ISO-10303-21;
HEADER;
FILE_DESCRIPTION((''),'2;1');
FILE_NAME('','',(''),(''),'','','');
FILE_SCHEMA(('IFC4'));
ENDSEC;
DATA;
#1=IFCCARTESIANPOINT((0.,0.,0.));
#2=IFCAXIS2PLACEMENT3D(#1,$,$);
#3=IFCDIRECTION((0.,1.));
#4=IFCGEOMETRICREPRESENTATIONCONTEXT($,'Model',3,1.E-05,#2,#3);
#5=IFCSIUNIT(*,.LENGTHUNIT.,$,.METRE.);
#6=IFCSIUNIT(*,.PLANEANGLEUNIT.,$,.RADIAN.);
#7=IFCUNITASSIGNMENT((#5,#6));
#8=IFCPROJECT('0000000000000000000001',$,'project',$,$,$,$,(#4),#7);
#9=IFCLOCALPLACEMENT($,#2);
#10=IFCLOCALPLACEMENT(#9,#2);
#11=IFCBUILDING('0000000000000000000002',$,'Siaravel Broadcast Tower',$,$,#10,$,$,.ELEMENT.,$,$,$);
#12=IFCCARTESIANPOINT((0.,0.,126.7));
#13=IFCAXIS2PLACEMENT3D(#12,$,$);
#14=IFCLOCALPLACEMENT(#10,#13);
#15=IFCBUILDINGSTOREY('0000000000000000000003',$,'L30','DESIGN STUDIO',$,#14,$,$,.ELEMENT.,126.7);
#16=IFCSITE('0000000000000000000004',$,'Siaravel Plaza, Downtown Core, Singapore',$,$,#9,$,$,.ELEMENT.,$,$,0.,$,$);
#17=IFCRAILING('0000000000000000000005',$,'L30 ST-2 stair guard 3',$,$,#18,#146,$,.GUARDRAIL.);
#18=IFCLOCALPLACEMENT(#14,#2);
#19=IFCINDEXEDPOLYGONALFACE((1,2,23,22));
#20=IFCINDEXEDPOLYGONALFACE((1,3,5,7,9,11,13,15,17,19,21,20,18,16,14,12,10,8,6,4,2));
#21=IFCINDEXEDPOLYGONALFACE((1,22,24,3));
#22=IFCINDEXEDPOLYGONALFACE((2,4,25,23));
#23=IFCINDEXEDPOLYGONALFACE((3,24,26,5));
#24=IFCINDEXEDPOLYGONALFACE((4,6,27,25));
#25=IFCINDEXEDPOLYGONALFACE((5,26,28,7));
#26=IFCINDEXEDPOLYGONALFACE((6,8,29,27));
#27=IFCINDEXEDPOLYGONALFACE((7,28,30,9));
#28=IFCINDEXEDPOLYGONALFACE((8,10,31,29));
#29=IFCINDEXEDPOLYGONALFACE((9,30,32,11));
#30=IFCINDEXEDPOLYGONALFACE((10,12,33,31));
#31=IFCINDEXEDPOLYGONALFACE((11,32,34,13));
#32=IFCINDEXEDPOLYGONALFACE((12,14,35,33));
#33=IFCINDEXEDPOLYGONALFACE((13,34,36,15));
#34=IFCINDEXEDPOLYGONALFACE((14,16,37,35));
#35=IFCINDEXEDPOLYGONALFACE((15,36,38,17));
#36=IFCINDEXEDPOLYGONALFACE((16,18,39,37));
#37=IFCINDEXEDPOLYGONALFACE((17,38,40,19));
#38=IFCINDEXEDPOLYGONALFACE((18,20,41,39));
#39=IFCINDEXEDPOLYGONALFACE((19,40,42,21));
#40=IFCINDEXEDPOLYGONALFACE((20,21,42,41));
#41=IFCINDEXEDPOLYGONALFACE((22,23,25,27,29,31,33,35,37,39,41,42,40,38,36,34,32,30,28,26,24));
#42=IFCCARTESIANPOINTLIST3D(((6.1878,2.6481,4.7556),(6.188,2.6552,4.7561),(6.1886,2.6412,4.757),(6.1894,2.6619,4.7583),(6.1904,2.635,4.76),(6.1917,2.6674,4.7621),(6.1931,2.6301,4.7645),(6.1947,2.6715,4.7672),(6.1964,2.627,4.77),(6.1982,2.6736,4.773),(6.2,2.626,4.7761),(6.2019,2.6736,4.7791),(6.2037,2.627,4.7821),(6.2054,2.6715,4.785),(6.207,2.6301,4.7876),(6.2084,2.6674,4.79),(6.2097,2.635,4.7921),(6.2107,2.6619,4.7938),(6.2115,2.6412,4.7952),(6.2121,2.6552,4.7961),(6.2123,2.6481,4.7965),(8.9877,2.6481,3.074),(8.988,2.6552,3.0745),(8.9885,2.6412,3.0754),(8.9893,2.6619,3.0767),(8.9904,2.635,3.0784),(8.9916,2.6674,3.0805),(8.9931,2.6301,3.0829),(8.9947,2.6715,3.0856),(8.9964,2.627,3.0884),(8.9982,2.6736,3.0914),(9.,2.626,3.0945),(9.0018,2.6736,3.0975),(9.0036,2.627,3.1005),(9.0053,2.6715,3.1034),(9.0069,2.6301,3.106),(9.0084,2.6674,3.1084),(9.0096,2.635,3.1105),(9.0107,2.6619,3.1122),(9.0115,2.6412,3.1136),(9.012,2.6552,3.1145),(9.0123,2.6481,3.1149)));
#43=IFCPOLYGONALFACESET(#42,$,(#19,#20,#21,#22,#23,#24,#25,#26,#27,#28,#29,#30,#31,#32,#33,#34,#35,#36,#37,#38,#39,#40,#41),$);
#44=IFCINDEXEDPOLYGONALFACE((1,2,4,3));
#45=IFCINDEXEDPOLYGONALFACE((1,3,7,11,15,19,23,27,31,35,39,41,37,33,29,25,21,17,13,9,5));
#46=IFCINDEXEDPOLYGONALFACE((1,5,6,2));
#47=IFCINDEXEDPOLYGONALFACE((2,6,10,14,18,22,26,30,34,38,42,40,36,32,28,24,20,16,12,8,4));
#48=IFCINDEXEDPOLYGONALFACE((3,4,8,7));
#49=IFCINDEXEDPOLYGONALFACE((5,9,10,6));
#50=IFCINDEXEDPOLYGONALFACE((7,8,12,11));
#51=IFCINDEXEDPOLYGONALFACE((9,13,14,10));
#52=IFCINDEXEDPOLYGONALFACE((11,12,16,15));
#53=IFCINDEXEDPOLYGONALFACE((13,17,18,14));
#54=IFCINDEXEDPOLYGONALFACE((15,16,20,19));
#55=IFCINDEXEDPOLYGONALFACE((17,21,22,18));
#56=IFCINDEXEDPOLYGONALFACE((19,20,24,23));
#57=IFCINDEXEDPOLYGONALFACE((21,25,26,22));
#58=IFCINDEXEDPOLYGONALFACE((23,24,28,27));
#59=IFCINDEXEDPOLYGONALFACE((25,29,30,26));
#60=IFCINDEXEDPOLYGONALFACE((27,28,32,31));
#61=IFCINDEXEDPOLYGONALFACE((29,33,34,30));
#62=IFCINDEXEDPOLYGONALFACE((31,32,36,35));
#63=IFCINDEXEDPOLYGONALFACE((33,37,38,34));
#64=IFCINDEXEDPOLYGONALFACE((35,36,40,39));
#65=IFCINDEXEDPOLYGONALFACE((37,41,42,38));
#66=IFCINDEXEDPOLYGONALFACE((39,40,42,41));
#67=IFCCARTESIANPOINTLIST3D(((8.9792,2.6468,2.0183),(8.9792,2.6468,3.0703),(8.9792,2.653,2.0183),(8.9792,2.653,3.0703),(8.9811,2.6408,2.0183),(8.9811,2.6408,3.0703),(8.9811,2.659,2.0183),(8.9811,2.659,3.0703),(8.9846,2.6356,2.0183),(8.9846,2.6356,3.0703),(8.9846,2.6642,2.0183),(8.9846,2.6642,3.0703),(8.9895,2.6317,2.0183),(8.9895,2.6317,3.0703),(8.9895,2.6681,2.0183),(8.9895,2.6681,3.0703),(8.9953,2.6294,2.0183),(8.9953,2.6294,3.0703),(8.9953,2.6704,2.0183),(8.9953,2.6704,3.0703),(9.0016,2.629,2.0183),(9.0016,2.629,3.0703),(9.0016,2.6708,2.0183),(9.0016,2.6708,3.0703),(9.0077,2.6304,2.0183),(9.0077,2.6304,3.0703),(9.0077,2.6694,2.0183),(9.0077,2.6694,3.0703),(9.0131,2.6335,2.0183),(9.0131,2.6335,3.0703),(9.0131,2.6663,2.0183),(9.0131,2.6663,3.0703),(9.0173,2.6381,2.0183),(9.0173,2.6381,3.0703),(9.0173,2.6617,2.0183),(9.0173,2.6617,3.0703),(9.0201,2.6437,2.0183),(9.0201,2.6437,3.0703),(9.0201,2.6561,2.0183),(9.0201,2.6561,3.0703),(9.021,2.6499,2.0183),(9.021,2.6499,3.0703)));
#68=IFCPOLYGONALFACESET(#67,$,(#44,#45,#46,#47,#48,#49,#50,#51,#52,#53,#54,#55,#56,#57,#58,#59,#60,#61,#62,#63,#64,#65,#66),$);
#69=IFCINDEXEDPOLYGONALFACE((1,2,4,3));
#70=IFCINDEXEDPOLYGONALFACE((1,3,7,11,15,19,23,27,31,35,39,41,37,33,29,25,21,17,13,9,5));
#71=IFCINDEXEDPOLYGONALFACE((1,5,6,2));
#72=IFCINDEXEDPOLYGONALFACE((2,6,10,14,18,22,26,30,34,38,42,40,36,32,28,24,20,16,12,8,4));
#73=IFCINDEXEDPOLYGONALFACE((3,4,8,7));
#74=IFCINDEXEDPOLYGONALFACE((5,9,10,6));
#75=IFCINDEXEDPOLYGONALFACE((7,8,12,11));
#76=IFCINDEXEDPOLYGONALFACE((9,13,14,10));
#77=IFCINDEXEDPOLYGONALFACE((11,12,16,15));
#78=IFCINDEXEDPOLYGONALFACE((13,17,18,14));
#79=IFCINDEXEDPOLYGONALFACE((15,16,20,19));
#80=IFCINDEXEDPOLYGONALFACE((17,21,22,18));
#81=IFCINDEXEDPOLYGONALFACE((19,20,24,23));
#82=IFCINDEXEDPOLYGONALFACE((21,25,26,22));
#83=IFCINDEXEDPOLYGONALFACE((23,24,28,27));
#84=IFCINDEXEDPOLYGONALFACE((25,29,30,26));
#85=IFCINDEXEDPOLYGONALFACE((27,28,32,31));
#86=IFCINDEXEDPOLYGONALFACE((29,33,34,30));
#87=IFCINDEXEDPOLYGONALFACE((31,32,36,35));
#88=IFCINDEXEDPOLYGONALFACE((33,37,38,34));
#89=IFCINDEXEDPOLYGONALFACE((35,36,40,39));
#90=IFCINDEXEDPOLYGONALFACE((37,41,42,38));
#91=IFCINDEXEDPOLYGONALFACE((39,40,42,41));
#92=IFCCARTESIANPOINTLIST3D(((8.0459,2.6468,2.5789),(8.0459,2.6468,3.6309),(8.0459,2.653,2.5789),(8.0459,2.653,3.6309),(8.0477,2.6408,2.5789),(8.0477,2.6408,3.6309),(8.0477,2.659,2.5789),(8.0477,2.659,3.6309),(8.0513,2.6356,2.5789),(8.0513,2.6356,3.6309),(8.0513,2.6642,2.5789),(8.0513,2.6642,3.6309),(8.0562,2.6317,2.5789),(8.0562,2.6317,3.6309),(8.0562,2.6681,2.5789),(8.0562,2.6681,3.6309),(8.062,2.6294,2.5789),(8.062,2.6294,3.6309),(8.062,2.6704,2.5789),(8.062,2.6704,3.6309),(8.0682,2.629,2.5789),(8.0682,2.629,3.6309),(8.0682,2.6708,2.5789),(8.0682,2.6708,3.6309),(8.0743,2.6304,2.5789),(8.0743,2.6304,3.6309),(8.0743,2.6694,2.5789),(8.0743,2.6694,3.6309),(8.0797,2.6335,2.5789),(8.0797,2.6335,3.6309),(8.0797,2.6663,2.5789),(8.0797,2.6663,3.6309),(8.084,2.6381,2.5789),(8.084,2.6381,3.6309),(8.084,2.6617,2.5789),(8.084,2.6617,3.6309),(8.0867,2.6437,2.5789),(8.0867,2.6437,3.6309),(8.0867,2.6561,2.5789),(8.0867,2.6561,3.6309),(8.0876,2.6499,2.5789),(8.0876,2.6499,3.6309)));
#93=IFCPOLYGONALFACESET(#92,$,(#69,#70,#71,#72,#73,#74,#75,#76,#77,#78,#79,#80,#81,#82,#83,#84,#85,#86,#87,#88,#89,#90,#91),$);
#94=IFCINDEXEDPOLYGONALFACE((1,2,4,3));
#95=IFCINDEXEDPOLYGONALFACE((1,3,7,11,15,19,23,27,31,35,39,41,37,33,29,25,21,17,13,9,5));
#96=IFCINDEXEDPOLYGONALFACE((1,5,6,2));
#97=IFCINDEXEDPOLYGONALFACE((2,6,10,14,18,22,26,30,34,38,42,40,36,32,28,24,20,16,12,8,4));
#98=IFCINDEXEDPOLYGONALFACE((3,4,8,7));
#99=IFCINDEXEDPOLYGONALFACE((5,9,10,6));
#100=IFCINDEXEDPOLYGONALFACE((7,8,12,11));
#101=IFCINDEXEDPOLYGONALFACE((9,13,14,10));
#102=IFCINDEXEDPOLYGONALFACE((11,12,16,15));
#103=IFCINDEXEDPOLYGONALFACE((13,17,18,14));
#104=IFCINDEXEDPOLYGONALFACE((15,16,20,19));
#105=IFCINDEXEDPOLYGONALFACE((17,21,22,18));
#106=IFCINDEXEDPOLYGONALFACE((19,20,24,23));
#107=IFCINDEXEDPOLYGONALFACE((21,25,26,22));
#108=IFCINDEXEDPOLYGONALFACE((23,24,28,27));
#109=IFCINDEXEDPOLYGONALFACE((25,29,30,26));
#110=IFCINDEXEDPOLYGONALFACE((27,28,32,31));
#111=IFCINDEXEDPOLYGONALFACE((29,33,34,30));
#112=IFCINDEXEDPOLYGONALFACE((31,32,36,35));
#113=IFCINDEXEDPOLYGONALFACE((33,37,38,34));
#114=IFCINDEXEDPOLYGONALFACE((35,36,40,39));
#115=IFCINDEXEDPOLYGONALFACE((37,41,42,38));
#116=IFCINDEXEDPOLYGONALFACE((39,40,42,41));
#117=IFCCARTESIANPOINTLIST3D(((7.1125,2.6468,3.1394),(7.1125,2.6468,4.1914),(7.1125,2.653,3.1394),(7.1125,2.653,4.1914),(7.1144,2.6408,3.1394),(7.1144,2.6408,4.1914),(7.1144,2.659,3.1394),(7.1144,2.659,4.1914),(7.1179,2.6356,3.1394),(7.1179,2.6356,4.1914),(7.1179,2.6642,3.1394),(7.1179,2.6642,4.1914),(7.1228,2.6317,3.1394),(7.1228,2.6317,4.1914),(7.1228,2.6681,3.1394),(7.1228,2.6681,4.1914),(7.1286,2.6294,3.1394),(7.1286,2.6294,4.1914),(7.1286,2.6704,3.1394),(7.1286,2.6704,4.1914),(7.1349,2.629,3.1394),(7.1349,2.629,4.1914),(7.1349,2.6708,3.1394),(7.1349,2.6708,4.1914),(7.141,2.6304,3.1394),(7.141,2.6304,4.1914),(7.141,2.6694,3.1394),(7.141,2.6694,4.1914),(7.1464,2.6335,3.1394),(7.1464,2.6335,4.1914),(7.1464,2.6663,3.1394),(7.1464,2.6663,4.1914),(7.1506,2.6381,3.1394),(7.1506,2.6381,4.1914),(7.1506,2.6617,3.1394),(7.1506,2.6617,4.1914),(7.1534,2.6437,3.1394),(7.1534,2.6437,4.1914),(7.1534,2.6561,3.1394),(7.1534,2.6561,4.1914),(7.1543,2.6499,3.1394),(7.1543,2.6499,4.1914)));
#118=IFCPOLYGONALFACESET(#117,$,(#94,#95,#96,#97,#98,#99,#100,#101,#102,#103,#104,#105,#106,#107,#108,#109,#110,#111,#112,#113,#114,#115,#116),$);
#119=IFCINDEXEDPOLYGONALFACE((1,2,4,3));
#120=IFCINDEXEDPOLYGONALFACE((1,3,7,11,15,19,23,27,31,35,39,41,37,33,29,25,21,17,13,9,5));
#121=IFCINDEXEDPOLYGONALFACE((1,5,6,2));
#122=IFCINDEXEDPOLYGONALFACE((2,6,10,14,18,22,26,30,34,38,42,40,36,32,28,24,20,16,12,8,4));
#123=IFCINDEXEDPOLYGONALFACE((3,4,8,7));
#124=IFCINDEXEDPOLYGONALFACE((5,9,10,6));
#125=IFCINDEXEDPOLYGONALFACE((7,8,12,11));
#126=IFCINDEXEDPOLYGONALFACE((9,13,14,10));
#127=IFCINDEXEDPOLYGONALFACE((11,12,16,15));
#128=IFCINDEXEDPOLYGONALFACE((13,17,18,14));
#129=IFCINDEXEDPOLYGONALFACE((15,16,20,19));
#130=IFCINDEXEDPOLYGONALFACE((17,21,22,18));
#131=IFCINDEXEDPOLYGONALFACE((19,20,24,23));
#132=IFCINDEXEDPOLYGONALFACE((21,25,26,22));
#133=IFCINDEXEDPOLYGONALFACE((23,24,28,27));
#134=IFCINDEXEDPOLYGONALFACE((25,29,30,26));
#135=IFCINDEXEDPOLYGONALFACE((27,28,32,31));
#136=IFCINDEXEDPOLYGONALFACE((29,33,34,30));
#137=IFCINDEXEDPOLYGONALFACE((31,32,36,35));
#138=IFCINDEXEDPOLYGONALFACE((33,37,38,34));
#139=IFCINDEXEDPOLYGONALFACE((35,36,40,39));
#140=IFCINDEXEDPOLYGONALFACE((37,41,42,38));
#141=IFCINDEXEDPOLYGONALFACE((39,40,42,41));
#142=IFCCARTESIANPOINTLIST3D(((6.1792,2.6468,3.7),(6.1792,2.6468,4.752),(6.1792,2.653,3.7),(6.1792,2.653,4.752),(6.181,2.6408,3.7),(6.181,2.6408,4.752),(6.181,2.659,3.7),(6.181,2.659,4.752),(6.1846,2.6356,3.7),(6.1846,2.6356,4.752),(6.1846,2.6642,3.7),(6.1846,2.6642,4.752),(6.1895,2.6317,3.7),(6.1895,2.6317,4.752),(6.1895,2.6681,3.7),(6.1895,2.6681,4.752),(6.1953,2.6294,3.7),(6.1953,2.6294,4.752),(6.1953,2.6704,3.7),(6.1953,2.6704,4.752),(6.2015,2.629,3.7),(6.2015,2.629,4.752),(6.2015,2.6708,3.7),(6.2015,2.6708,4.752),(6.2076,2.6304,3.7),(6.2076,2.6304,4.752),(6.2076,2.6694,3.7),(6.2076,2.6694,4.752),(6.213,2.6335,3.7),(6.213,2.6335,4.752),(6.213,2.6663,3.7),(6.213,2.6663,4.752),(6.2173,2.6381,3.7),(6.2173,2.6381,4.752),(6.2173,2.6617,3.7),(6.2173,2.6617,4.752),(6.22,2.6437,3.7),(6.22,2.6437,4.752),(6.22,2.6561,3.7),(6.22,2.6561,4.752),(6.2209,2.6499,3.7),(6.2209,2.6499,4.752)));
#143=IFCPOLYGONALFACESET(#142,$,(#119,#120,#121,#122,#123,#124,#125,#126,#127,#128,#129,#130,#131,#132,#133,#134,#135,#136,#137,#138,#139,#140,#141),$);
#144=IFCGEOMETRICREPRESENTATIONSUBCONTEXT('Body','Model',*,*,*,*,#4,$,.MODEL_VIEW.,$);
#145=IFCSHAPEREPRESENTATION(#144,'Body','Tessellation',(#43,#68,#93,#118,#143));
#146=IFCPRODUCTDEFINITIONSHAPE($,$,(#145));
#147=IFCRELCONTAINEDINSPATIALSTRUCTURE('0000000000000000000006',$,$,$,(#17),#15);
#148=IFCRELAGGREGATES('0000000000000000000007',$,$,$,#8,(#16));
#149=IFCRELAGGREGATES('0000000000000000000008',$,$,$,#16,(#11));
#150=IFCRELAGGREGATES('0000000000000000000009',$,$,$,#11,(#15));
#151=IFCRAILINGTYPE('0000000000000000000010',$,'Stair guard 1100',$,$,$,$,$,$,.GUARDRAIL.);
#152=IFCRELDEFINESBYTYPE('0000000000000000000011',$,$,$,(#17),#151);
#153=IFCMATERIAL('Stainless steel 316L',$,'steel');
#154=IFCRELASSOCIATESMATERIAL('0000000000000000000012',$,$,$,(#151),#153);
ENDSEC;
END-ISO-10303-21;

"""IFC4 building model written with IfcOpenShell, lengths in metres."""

from ifc_helpers import new_model, si_unit, direction, frame, origin, origin_2d, place, context, subcontext, project, spatial, circle, extrude, material, type_object, element, save


model = new_model("IFC4")

# Units and contexts
model_context = context("Model", 3, precision=1e-05, world=origin(), true_north=direction((0.0, 1.0)))
body_context = subcontext(model_context, "Body", "Model", "MODEL_VIEW")
ifc_project = project(units=[si_unit("LENGTHUNIT", "METRE"), si_unit("PLANEANGLEUNIT", "RADIAN")], contexts=[model_context])

# Site, building, storey
site_placement = place(None, origin())
site = spatial("IfcSite", under=ifc_project, at=site_placement, Name="Siaravel Plaza, Downtown Core, Singapore", CompositionType="ELEMENT", RefElevation=0.0)
building_placement = place(site_placement, origin())
building = spatial("IfcBuilding", under=site, at=building_placement, Name="Siaravel Broadcast Tower", CompositionType="ELEMENT")
storey_placement = place(building_placement, frame((0.0, 0.0, 126.7)))
storey = spatial("IfcBuildingStorey", under=building, at=storey_placement, Name="L30", Description="DESIGN STUDIO", CompositionType="ELEMENT", Elevation=126.7)

# Railing
ifc_material_1 = material(Name="Stainless steel 316L", Category="steel")
railing_type_1 = type_object("IfcRailingType", Name="Stair guard 1100", PredefinedType="GUARDRAIL", material=ifc_material_1)
railing_1_placement = place(storey_placement, frame((9.0, 2.6499, 2.0183)))
element("IfcRailing", 1, at=railing_1_placement, inside=storey, type_object=railing_type_1, Name="L30 ST-2 stair guard 3", PredefinedType="GUARDRAIL", context=body_context, shape_type="SweptSolid", body=[
    extrude(circle(Radius=0.0239, at=origin_2d()), frame((0.0, 0.0, 1.0762), z_axis=(-0.857275, 0.0, 0.514858), x_axis=(0.0, -1.0, 0.0)), (0.0, 0.0, 1.0), 3.2661),
    extrude(circle(Radius=0.021, at=origin_2d()), origin(), (0.0, 0.0, 1.0), 1.052),
    extrude(circle(Radius=0.021, at=origin_2d()), frame((-0.9333, 0.0, 0.5605)), (0.0, 0.0, 1.0), 1.052),
    extrude(circle(Radius=0.021, at=origin_2d()), frame((-1.8667, 0.0, 1.1211)), (0.0, 0.0, 1.0), 1.052),
    extrude(circle(Radius=0.021, at=origin_2d()), frame((-2.8, 0.0, 1.6816)), (0.0, 0.0, 1.0), 1.052),
])

save(model, "model.ifc")
